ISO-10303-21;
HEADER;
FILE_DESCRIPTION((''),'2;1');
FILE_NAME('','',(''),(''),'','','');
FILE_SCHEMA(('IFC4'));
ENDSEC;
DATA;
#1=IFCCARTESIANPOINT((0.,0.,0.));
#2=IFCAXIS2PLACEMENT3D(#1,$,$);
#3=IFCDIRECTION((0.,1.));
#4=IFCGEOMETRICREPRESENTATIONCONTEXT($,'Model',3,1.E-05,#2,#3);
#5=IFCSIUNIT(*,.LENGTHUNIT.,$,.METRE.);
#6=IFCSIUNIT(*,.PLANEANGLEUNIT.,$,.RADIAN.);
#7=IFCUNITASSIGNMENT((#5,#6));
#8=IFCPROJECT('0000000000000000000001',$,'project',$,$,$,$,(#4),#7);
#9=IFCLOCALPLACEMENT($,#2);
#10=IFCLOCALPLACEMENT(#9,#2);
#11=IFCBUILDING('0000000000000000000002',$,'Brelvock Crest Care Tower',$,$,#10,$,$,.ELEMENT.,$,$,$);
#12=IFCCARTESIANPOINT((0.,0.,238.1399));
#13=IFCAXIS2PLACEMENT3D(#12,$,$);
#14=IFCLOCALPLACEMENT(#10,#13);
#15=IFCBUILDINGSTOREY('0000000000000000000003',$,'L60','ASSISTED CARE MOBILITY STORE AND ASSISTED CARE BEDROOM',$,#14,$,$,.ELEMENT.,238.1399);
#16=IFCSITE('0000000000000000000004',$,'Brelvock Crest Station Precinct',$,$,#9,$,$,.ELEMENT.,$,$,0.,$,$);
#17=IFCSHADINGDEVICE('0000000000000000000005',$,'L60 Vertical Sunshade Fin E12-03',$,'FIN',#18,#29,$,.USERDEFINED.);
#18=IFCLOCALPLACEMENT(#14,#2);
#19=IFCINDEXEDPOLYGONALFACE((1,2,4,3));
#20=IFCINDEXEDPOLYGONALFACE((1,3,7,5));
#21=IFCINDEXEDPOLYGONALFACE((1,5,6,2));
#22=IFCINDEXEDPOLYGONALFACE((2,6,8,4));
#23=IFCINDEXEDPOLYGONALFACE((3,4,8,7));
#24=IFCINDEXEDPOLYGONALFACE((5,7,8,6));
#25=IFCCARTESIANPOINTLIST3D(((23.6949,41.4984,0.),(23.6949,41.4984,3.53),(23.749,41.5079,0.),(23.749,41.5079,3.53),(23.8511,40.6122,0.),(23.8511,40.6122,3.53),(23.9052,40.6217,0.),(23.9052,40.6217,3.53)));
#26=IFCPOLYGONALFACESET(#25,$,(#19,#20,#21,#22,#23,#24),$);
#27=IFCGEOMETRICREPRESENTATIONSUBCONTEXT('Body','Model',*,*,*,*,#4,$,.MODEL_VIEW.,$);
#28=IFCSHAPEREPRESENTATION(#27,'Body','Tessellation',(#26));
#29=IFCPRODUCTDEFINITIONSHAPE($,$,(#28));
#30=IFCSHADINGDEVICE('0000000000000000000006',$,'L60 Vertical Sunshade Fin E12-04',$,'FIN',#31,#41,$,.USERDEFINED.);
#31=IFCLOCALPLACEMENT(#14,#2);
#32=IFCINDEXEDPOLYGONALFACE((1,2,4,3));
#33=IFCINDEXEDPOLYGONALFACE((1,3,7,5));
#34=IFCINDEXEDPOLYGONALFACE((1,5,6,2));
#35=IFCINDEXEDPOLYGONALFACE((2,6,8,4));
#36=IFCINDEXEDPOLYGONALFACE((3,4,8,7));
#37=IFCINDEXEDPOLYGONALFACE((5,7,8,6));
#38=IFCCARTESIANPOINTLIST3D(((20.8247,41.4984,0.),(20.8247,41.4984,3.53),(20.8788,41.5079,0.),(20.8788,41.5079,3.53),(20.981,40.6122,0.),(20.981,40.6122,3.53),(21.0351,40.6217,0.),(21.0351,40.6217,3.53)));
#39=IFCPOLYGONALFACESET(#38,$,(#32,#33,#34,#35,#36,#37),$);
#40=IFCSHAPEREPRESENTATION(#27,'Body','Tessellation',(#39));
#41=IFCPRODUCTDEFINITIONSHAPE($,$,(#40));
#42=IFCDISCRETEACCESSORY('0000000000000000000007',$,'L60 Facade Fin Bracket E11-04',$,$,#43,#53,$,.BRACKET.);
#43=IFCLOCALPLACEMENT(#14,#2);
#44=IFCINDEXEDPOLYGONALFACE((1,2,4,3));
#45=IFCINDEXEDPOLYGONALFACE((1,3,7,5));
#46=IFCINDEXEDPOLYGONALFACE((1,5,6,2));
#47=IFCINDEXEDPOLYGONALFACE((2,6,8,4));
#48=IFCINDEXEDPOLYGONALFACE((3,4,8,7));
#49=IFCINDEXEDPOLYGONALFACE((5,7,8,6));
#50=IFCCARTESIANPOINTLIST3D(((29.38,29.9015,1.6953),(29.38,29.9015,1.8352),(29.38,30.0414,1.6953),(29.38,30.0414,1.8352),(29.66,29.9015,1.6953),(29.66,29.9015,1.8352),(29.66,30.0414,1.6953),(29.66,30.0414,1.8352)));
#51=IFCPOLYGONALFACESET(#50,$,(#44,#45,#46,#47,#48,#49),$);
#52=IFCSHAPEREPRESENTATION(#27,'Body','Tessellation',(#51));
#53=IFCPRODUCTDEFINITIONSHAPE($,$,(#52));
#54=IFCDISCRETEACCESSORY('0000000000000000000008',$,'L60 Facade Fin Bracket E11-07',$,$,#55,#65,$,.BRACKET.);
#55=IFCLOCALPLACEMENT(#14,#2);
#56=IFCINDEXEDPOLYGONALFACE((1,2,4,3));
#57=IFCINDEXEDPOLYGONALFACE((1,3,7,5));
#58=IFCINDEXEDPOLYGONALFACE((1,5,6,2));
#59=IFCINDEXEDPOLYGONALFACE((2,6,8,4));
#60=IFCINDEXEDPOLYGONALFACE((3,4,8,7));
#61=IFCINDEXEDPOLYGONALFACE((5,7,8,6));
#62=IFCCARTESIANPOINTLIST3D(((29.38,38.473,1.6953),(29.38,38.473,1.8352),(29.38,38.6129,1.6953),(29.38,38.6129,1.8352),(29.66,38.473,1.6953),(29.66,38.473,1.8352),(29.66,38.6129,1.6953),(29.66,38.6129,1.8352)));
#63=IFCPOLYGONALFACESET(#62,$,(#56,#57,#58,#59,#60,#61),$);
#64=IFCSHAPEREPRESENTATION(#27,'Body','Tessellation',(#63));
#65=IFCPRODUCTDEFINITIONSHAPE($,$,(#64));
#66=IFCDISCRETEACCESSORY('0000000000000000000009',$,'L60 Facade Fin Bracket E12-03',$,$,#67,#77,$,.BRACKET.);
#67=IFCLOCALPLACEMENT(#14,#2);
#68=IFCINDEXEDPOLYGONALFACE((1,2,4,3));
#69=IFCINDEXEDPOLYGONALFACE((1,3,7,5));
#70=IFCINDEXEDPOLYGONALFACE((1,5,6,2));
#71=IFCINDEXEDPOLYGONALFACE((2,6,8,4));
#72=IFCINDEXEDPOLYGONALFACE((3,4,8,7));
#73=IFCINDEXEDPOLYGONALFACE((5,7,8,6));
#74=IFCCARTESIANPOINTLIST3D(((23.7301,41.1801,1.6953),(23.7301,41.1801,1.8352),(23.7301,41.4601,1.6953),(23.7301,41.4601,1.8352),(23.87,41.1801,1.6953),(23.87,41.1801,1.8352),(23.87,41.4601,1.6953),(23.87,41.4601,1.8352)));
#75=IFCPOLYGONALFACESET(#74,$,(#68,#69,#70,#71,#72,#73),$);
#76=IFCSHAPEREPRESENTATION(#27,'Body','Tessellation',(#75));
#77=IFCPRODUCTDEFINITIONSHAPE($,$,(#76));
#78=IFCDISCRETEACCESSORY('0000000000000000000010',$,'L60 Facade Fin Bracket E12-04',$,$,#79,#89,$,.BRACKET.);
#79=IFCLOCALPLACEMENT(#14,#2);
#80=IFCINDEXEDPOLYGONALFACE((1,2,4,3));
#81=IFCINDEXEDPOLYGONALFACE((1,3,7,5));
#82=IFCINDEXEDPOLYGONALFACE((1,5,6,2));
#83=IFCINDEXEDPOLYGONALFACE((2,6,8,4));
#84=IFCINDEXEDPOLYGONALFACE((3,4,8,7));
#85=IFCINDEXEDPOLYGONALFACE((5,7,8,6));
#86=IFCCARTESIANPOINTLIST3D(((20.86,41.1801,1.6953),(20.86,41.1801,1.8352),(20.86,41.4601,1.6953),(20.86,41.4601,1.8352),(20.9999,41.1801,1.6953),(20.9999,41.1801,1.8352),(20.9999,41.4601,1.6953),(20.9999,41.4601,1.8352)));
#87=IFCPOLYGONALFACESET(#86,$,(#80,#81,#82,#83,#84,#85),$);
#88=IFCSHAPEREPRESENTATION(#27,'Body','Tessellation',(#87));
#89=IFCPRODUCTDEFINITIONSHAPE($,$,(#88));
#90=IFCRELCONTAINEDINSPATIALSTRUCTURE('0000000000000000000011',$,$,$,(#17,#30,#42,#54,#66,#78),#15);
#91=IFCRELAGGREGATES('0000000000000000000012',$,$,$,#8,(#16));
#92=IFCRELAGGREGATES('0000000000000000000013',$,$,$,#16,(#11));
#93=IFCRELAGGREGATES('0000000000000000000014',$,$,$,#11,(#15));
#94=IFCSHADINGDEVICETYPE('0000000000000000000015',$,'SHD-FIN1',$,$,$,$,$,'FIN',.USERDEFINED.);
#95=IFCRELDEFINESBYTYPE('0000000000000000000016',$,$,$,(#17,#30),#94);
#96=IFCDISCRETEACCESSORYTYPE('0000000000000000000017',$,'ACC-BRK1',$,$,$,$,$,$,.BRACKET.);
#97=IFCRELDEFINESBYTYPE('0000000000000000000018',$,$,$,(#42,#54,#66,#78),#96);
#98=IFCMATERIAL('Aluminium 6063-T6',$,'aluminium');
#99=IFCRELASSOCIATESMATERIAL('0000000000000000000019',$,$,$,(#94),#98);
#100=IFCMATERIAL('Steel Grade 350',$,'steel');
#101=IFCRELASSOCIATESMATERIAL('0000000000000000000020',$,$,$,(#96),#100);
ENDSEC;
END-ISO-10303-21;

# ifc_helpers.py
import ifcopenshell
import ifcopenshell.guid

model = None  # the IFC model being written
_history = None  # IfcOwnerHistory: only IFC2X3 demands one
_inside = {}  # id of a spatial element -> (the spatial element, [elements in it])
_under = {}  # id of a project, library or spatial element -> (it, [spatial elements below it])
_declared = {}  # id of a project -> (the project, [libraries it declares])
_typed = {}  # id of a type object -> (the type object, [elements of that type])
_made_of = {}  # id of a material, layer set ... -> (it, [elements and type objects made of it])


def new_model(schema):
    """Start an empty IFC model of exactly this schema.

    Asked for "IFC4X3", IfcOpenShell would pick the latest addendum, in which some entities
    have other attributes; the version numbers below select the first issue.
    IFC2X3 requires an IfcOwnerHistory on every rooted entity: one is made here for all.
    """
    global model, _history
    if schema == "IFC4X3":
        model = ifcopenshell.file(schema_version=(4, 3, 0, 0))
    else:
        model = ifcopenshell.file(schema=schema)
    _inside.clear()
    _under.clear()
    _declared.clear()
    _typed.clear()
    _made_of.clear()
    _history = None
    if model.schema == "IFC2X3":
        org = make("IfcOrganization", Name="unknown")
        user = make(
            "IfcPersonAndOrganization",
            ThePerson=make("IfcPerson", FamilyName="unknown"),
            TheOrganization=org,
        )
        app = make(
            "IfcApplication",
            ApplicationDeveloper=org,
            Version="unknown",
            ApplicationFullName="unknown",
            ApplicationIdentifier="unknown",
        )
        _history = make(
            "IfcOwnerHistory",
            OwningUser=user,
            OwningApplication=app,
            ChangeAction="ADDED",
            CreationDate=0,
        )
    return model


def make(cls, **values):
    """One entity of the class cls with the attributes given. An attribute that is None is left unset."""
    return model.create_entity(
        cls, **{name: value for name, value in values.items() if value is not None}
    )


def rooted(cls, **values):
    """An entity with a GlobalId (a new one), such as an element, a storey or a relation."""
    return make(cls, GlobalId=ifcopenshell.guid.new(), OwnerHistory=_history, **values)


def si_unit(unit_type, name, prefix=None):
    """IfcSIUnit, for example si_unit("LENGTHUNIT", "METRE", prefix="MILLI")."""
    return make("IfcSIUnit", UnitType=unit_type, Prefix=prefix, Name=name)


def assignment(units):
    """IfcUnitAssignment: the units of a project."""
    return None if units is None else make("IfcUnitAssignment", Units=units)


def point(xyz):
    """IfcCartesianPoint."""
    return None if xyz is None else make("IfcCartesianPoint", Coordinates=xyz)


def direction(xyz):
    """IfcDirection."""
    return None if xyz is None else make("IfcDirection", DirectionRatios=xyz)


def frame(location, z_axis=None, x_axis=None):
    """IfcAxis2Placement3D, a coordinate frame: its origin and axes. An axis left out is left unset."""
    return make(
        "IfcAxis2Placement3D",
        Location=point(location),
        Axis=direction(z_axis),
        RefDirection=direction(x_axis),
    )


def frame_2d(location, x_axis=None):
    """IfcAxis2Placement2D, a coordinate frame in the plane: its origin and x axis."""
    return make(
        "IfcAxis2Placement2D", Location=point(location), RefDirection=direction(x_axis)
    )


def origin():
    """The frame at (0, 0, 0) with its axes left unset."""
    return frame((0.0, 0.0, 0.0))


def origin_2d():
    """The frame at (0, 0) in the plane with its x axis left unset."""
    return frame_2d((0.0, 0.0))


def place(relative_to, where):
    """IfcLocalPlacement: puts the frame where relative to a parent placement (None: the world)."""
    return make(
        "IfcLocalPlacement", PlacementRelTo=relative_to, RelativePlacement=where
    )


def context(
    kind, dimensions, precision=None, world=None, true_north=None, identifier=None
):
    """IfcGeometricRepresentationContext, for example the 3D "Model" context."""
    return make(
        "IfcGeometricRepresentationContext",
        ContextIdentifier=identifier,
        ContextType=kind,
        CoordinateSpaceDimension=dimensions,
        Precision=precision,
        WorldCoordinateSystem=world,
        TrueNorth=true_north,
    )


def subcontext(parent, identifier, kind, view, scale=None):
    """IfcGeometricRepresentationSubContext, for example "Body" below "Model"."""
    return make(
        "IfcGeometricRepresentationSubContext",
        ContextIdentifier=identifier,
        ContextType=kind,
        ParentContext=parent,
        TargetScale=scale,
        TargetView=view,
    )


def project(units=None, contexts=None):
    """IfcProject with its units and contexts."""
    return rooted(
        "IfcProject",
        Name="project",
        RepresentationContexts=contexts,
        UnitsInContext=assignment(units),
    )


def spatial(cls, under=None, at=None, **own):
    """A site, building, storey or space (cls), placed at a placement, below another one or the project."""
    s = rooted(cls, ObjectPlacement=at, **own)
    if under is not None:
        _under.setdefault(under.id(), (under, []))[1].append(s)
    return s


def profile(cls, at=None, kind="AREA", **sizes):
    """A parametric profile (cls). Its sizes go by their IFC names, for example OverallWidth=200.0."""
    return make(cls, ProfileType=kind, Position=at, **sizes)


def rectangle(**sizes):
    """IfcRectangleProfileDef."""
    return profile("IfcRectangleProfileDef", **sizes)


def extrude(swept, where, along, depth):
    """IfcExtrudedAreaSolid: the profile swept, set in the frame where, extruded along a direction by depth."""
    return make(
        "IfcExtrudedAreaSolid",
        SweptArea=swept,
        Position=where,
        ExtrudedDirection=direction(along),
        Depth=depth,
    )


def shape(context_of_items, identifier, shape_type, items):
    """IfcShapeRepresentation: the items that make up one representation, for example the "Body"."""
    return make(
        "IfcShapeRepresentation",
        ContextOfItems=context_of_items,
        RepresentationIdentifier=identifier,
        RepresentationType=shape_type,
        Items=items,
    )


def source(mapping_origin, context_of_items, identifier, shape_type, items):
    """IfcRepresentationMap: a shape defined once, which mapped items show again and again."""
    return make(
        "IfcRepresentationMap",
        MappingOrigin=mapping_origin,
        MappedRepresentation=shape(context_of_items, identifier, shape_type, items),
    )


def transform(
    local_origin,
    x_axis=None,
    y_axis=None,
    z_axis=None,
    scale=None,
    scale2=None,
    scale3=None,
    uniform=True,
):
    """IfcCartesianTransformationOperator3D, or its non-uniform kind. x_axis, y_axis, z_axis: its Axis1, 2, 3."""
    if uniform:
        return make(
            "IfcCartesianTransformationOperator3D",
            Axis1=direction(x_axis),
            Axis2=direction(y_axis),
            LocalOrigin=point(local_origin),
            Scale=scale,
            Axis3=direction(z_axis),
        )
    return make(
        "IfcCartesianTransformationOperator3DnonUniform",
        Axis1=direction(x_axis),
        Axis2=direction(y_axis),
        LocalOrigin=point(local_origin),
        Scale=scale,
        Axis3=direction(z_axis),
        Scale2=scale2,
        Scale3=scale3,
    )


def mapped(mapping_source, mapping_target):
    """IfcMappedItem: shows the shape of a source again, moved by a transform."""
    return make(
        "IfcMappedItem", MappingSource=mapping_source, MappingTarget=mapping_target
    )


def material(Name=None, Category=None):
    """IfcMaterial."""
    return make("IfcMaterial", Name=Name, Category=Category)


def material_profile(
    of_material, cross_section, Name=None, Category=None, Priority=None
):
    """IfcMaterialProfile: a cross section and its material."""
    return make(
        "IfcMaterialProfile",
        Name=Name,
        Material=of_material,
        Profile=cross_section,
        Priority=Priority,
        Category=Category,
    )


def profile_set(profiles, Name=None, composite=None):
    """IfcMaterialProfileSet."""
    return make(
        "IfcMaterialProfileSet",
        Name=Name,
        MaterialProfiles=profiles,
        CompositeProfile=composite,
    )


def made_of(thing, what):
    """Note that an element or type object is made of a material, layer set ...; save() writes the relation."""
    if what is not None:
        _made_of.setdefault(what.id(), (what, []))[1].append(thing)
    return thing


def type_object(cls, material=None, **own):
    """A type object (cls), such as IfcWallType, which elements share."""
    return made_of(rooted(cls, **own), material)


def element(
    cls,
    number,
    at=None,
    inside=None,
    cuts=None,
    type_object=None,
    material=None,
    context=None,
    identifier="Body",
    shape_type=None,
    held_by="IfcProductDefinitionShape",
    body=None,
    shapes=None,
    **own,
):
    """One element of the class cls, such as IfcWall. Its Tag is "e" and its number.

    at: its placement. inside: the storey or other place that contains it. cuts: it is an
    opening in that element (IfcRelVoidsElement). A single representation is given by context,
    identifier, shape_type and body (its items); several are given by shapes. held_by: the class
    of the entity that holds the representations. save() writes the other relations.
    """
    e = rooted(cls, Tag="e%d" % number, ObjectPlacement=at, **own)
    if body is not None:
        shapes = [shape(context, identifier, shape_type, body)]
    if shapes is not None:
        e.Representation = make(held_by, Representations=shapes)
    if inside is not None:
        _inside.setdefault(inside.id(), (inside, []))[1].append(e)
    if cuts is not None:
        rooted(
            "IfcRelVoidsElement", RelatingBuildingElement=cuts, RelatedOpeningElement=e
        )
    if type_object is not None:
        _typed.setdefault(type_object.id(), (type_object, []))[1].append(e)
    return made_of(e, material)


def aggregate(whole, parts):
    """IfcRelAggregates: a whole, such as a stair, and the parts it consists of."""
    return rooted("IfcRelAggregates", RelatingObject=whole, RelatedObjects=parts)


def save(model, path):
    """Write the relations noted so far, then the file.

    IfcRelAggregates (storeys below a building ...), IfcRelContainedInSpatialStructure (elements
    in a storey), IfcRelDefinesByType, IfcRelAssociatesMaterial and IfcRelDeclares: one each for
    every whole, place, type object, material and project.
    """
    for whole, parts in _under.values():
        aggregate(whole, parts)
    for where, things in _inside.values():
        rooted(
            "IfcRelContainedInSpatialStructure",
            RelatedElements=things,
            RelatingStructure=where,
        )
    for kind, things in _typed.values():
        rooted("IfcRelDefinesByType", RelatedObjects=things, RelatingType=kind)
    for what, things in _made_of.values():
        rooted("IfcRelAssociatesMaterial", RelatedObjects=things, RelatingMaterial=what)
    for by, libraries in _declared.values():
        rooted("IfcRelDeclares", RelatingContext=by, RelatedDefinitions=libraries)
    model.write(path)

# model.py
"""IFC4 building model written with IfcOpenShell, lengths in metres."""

from ifc_helpers import new_model, si_unit, direction, frame, origin, origin_2d, place, context, subcontext, project, spatial, rectangle, extrude, source, transform, mapped, material, material_profile, profile_set, type_object, element, save


model = new_model("IFC4")

# Units and contexts
model_context = context("Model", 3, precision=1e-05, world=origin(), true_north=direction((0.0, 1.0)))
body_context = subcontext(model_context, "Body", "Model", "MODEL_VIEW")
ifc_project = project(units=[si_unit("LENGTHUNIT", "METRE"), si_unit("PLANEANGLEUNIT", "RADIAN")], contexts=[model_context])

# Site, building, storey
site_placement = place(None, origin())
site = spatial("IfcSite", under=ifc_project, at=site_placement, Name="Brelvock Crest Station Precinct", CompositionType="ELEMENT", RefElevation=0.0)
building_placement = place(site_placement, origin())
building = spatial("IfcBuilding", under=site, at=building_placement, Name="Brelvock Crest Care Tower", CompositionType="ELEMENT")
storey_placement = place(building_placement, frame((0.0, 0.0, 238.1399)))
storey = spatial("IfcBuildingStorey", under=building, at=storey_placement, Name="L60", Description="ASSISTED CARE MOBILITY STORE AND ASSISTED CARE BEDROOM", CompositionType="ELEMENT", Elevation=238.1399)

# Shared definitions
ifc_material_1 = material(Name="Aluminium 6063-T6", Category="aluminium")

# Shading devices
ifc_material_profile_1 = material_profile(ifc_material_1, rectangle(XDim=0.0549, YDim=0.8999, at=origin_2d()), Name="FIN55x900")
ifc_profile_set_1 = profile_set([ifc_material_profile_1], Name="Aluminium 6063-T6")
shading_device_type = type_object("IfcShadingDeviceType", Name="SHD-FIN1", ElementType="FIN", PredefinedType="USERDEFINED", material=ifc_profile_set_1)
shared_shape_1 = source(origin(), body_context, "Body", "SweptSolid", [
    extrude(rectangle(XDim=0.0549, YDim=0.8999, at=origin_2d()), origin(), (0.0, 0.0, 1.0), 3.53),
])
for number, where, z_axis, x_axis, name in (
    (1, (23.8, 41.0601, 0.0), (0.0, 0.0, 1.0), (-0.984808, -0.173648, 0.0), "L60 Vertical Sunshade Fin E12-03"),
    (2, (20.9299, 41.0601, 0.0), (0.0, 0.0, 1.0), (-0.984808, -0.173648, 0.0), "L60 Vertical Sunshade Fin E12-04"),
):
    element("IfcShadingDevice", number, at=place(storey_placement, frame(where, z_axis=z_axis, x_axis=x_axis)), inside=storey, type_object=shading_device_type, Name=name, ObjectType="FIN", PredefinedType="USERDEFINED", context=body_context, shape_type="MappedRepresentation", body=[
        mapped(shared_shape_1, transform((0.0, 0.0, 0.0), x_axis=(1.0, 0.0, 0.0), y_axis=(0.0, 1.0, 0.0), z_axis=(0.0, 0.0, 1.0), scale=1.0)),
    ])

# Discrete accessories
ifc_material_2 = material(Name="Steel Grade 350", Category="steel")
discrete_accessory_type = type_object("IfcDiscreteAccessoryType", Name="ACC-BRK1", PredefinedType="BRACKET", material=ifc_material_2)
shared_shape_2 = source(origin(), body_context, "Body", "SweptSolid", [
    extrude(rectangle(XDim=0.28, YDim=0.1399, at=origin_2d()), origin(), (0.0, 0.0, 1.0), 0.1399),
])
for number, where, z_axis, x_axis, name in (
    (3, (29.52, 29.9714, 1.6953), (0.0, 0.0, 1.0), (-1.0, 0.0, 0.0), "L60 Facade Fin Bracket E11-04"),
    (4, (29.52, 38.543, 1.6953), (0.0, 0.0, 1.0), (-1.0, 0.0, 0.0), "L60 Facade Fin Bracket E11-07"),
    (5, (23.8, 41.3201, 1.6953), (0.0, 0.0, 1.0), (0.0, -1.0, 0.0), "L60 Facade Fin Bracket E12-03"),
    (6, (20.9299, 41.3201, 1.6953), (0.0, 0.0, 1.0), (0.0, -1.0, 0.0), "L60 Facade Fin Bracket E12-04"),
):
    element("IfcDiscreteAccessory", number, at=place(storey_placement, frame(where, z_axis=z_axis, x_axis=x_axis)), inside=storey, type_object=discrete_accessory_type, Name=name, PredefinedType="BRACKET", context=body_context, shape_type="MappedRepresentation", body=[
        mapped(shared_shape_2, transform((0.0, 0.0, 0.0), x_axis=(1.0, 0.0, 0.0), y_axis=(0.0, 1.0, 0.0), z_axis=(0.0, 0.0, 1.0), scale=1.0)),
    ])

save(model, "model.ifc")
